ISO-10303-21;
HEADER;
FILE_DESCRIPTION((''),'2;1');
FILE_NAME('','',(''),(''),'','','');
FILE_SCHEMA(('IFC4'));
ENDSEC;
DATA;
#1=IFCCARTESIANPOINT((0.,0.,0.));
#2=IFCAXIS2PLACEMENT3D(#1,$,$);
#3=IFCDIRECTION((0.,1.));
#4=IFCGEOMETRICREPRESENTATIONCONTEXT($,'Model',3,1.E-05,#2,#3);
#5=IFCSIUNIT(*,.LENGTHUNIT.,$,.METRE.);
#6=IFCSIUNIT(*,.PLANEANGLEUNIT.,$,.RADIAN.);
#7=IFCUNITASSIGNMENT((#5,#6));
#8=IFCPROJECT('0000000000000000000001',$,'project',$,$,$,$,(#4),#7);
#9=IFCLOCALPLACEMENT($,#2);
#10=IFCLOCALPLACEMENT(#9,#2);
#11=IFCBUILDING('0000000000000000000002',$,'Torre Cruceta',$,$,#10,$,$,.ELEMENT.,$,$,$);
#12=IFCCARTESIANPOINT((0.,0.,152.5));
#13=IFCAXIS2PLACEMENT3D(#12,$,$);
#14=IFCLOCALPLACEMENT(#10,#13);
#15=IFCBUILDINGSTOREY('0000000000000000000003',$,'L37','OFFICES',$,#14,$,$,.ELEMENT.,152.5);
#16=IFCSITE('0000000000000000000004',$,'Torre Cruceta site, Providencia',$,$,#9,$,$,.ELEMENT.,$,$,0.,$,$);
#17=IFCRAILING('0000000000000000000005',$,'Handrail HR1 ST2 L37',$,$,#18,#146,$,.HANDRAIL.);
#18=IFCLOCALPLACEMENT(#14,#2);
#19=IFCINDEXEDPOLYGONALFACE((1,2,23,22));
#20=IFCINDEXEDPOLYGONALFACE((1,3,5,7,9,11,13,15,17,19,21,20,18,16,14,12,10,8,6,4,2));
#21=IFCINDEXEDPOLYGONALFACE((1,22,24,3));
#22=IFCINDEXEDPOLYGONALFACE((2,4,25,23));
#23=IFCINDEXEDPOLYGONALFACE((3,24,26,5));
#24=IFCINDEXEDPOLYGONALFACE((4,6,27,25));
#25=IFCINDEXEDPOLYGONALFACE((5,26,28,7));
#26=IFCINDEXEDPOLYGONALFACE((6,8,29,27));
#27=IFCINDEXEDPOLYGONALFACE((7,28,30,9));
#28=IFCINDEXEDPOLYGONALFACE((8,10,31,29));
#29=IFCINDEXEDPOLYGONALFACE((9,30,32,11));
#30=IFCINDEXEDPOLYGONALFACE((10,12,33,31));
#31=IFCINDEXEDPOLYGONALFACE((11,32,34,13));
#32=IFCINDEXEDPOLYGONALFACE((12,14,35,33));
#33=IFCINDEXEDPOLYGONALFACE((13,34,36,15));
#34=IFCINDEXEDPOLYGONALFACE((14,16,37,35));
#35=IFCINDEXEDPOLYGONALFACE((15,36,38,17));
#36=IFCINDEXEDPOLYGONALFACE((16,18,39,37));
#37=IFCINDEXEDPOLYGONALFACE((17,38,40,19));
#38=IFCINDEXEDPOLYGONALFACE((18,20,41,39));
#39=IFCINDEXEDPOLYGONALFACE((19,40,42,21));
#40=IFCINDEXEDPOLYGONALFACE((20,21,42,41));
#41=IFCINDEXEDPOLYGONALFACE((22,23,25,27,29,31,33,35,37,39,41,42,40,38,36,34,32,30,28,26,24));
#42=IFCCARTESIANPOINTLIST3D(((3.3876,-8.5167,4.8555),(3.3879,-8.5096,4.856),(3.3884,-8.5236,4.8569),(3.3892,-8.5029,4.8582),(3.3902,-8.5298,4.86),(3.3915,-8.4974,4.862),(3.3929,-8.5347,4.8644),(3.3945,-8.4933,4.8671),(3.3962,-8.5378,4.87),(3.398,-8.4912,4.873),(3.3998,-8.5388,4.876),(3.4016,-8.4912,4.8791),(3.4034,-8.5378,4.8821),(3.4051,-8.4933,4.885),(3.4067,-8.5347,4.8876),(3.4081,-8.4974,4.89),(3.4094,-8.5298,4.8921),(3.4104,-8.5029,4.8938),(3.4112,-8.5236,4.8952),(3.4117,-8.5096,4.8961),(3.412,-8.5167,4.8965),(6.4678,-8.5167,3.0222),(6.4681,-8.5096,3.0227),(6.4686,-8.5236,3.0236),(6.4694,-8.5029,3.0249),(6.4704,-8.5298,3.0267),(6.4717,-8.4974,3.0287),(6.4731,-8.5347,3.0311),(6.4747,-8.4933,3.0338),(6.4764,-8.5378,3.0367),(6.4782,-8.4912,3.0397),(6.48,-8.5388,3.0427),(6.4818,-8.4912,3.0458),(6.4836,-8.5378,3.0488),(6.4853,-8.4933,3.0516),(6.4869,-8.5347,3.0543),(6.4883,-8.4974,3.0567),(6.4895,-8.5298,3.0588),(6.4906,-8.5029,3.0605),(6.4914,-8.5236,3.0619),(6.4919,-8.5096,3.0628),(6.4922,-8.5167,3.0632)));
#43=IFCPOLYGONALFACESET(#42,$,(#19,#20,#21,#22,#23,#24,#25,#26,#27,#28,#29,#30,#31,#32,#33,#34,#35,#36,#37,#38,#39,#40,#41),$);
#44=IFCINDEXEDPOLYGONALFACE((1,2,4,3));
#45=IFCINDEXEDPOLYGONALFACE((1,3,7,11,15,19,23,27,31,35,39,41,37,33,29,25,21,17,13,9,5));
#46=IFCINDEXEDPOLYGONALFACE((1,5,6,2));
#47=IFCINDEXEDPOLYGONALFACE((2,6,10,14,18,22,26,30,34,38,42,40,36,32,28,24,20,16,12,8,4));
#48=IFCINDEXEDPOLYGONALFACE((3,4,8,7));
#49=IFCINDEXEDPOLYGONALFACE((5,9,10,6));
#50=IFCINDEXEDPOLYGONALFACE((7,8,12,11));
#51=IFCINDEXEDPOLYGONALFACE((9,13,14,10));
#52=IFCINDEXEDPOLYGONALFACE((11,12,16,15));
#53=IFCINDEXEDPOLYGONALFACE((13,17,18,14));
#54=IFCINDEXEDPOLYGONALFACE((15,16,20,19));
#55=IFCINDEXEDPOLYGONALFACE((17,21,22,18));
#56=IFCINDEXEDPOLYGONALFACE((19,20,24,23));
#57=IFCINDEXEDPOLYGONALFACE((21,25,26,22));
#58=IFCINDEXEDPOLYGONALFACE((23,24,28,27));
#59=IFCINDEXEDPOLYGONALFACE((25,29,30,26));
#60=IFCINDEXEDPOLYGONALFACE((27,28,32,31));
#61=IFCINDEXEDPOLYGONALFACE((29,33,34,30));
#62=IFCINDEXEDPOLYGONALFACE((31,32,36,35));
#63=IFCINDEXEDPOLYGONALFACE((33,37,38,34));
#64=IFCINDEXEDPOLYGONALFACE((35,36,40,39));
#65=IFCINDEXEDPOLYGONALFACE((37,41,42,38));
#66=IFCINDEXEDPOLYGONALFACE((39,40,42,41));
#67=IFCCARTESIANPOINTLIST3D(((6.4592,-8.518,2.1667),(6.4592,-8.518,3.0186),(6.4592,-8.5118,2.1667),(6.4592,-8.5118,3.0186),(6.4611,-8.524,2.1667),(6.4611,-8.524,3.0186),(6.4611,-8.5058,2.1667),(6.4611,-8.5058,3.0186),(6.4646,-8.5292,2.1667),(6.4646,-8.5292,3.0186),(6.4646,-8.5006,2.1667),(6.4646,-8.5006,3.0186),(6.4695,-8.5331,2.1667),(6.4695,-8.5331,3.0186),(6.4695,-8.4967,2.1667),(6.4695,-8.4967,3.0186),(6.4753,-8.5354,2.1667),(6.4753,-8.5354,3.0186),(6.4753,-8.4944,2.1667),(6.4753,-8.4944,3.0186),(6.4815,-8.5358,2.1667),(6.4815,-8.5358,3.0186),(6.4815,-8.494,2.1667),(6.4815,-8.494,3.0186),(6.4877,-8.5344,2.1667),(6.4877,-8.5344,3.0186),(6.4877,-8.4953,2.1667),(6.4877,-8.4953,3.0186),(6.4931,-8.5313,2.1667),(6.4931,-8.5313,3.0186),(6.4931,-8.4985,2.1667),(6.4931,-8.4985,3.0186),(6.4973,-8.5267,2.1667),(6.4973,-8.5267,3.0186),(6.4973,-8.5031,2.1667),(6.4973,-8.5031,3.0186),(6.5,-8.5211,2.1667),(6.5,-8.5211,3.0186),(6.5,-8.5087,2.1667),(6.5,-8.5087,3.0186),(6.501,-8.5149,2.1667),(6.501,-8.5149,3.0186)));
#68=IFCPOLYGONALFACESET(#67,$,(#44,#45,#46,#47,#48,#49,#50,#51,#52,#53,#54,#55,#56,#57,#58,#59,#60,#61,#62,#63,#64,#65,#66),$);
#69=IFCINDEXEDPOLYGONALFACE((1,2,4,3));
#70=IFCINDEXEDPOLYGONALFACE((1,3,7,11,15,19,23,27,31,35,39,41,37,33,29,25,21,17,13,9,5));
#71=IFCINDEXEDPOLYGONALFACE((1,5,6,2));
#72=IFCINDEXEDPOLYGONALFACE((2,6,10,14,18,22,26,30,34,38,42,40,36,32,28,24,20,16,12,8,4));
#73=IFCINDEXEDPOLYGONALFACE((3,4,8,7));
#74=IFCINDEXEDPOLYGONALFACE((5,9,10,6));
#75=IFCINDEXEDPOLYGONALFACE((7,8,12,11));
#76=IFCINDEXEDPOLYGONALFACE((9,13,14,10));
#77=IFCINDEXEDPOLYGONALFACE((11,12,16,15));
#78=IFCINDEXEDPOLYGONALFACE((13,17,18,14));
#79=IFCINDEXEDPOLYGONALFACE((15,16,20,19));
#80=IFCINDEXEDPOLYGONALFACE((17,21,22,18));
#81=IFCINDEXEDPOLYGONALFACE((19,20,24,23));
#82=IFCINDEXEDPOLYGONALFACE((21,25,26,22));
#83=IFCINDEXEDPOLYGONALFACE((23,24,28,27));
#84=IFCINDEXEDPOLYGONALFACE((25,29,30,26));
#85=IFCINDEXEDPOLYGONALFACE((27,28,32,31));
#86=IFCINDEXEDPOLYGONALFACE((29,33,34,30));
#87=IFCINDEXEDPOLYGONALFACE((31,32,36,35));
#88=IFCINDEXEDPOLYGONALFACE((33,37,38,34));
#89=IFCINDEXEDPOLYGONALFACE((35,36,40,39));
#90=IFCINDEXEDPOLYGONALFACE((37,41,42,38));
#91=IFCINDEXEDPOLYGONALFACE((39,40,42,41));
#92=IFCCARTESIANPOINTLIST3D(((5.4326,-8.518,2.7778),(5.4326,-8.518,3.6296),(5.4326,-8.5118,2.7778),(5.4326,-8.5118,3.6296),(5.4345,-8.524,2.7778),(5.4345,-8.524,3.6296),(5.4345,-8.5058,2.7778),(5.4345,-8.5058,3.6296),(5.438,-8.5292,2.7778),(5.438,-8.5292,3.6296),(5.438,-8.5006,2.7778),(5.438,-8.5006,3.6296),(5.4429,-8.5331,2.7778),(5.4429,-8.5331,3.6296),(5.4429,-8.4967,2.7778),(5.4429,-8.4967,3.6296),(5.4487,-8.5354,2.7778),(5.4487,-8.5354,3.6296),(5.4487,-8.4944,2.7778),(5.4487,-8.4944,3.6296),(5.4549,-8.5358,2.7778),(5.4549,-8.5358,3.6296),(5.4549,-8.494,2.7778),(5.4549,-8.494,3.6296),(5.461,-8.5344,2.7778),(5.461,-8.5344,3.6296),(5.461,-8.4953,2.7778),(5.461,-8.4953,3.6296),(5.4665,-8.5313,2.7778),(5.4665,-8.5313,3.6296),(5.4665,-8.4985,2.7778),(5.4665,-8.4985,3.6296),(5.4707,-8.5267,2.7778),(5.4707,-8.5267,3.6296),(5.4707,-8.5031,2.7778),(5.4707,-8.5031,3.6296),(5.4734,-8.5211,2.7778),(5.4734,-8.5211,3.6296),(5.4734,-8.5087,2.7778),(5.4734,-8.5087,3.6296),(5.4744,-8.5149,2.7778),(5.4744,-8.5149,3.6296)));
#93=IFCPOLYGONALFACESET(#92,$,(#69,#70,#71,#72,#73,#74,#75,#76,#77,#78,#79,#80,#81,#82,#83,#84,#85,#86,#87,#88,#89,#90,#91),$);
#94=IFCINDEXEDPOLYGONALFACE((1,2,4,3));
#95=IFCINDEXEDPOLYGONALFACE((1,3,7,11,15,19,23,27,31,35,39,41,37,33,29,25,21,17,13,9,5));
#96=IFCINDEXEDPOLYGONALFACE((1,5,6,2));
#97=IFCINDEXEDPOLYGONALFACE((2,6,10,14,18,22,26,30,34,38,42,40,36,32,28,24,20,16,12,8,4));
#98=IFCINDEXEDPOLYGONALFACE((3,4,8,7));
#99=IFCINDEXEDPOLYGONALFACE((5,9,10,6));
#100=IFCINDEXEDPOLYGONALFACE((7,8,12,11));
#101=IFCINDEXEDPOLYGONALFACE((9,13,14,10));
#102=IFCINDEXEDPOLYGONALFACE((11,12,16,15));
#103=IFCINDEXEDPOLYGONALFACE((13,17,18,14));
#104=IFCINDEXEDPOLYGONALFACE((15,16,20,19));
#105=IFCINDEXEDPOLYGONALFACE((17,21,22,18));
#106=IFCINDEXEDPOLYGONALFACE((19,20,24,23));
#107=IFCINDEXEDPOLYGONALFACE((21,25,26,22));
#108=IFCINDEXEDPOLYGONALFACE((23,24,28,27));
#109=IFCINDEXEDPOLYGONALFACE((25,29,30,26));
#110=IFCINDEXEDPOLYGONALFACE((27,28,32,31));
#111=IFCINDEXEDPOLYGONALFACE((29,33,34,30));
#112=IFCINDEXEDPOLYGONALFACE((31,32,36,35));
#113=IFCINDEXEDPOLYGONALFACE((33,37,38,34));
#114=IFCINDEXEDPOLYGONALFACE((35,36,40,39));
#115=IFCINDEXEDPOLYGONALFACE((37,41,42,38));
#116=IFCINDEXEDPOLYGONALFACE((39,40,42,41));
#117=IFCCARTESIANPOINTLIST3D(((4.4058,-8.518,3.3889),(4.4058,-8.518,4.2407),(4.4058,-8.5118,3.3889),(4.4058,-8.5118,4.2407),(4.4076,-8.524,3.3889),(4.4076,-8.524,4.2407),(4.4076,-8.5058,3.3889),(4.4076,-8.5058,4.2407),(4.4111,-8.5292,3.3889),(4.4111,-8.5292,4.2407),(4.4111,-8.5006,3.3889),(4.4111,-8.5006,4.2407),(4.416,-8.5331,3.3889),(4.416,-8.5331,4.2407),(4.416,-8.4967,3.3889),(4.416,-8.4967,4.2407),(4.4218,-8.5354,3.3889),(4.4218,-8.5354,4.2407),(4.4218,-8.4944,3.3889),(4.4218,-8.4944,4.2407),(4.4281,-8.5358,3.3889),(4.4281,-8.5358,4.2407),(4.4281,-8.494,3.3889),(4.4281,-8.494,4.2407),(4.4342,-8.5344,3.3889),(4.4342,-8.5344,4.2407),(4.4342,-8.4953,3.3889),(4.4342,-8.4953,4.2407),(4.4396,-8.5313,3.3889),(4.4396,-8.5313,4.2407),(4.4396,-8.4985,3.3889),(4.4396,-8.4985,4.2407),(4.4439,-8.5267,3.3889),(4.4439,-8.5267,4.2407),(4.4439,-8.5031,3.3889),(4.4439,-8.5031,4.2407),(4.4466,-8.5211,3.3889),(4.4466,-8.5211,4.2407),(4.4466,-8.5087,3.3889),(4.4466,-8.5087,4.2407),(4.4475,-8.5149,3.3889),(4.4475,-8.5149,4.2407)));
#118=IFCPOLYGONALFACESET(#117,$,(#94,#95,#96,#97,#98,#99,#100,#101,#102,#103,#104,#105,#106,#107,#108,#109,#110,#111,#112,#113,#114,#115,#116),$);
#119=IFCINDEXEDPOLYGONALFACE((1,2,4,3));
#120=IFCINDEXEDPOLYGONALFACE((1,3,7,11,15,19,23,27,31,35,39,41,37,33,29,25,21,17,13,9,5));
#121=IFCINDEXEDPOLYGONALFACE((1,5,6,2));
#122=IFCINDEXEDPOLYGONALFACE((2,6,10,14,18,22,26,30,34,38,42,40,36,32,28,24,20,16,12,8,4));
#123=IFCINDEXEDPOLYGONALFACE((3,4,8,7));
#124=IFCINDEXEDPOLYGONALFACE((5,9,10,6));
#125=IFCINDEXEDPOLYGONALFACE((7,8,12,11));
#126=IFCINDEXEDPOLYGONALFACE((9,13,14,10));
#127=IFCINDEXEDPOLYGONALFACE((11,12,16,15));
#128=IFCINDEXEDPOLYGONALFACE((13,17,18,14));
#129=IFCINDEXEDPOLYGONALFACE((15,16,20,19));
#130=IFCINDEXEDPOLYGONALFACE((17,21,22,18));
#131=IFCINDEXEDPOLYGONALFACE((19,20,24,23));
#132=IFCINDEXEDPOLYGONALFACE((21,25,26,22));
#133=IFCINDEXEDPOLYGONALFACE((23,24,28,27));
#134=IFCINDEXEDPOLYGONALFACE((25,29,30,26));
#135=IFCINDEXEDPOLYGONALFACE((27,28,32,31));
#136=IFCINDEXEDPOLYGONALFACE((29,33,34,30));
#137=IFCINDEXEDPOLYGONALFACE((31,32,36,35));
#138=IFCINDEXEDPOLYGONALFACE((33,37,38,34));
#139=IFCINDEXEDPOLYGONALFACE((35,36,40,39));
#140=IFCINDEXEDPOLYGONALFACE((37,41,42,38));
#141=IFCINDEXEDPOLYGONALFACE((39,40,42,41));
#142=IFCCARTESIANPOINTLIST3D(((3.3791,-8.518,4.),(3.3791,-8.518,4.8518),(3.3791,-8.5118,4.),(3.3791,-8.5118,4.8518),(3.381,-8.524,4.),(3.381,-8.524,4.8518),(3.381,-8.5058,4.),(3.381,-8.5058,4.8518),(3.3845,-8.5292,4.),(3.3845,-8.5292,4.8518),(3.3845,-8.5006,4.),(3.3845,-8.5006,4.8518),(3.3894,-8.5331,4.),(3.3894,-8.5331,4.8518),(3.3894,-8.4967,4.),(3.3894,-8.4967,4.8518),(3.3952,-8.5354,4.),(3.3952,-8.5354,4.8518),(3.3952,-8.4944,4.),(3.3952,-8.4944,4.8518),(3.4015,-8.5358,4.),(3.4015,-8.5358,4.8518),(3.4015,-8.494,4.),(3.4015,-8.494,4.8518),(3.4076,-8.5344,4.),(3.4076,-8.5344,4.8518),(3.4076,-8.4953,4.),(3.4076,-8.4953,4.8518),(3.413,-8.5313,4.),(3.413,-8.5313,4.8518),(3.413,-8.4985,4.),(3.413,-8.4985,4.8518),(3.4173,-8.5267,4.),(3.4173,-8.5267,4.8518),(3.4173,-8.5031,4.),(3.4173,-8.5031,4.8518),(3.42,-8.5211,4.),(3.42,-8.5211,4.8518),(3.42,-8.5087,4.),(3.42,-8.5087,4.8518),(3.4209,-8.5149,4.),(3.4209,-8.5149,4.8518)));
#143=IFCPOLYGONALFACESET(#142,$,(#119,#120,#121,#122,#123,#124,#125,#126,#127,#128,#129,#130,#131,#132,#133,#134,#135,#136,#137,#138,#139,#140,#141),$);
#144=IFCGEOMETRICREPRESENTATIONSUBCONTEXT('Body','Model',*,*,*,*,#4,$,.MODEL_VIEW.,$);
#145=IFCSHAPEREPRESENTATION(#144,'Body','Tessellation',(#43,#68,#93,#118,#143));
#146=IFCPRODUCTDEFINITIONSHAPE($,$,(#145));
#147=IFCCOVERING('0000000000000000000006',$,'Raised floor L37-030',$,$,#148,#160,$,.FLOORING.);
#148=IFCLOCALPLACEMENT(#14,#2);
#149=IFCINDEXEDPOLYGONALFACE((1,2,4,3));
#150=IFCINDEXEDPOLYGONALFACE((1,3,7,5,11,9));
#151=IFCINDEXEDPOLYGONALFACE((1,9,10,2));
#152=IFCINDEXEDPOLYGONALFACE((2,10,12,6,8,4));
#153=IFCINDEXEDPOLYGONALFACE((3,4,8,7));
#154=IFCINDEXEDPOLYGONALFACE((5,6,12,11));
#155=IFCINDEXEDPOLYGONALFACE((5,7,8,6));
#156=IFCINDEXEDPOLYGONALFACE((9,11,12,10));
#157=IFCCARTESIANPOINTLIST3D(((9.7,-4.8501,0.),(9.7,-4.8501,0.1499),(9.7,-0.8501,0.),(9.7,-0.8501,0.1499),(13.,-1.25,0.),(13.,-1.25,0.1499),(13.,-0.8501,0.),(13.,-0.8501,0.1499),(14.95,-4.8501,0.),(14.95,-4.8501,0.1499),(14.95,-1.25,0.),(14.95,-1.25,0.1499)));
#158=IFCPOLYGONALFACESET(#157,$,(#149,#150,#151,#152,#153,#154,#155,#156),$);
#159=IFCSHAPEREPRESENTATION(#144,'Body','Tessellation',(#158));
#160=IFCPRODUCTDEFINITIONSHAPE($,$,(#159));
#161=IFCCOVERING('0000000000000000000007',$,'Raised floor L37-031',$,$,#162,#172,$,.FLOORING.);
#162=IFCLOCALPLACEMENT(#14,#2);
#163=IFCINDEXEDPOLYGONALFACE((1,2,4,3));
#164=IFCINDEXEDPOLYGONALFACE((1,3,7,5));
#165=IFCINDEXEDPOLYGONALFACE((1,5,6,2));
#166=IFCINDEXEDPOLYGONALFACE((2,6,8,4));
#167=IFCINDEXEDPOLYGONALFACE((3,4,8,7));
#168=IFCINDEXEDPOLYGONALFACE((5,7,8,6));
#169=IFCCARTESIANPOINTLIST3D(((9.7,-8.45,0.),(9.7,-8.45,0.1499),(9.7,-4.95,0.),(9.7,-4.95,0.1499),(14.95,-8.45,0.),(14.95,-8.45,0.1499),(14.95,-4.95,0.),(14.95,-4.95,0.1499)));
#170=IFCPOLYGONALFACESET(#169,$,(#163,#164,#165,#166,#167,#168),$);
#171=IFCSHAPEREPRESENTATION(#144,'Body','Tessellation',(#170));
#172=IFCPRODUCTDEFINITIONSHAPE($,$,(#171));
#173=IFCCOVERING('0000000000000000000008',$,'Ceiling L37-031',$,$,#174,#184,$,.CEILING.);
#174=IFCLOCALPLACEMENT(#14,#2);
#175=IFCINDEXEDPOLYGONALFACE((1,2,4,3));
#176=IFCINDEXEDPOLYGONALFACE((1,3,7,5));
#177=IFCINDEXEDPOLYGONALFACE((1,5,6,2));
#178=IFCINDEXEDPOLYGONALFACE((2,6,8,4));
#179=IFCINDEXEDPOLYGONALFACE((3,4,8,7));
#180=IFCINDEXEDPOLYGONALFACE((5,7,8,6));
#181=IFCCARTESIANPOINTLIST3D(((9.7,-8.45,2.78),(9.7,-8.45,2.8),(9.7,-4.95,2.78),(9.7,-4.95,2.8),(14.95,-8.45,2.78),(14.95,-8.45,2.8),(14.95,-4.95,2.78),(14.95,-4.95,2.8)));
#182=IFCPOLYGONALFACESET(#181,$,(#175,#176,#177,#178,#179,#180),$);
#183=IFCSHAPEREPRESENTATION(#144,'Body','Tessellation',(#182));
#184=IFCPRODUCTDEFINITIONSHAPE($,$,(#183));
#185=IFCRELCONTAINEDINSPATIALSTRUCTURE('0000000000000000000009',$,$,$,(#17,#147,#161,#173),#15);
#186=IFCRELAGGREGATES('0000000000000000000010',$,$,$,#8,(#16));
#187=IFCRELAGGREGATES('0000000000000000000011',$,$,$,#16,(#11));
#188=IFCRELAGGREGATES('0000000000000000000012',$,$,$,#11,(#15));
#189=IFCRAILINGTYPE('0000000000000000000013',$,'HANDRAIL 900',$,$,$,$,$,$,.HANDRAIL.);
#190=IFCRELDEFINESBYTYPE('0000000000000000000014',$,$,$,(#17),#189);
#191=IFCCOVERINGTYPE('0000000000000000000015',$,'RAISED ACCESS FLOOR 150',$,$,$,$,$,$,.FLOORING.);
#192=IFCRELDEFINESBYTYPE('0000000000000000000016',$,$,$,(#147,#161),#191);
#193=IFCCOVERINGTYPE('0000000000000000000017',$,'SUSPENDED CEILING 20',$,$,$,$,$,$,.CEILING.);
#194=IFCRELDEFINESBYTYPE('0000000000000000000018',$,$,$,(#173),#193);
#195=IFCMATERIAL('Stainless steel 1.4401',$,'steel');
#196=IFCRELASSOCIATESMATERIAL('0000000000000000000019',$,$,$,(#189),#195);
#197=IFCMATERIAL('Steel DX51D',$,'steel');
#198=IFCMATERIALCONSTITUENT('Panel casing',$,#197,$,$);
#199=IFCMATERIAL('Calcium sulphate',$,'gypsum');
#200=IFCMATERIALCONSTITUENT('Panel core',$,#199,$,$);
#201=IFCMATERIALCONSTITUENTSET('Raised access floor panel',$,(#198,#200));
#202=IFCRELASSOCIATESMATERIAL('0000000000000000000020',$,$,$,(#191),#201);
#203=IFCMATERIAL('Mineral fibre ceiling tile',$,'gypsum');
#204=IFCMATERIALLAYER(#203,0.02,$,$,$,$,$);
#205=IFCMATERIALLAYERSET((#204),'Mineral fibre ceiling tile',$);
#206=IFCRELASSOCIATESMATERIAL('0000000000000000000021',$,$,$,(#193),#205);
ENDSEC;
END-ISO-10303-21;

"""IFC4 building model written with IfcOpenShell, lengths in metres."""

from ifc_helpers import new_model, si_unit, direction, frame, origin, origin_2d, place, context, subcontext, project, spatial, polyline, circle, outline, extrude, material, layer, layer_set, constituent, constituent_set, type_object, element, save


model = new_model("IFC4")

# Units and contexts
model_context = context("Model", 3, precision=1e-05, world=origin(), true_north=direction((0.0, 1.0)))
body_context = subcontext(model_context, "Body", "Model", "MODEL_VIEW")
ifc_project = project(units=[si_unit("LENGTHUNIT", "METRE"), si_unit("PLANEANGLEUNIT", "RADIAN")], contexts=[model_context])

# Site, building, storey
site_placement = place(None, origin())
site = spatial("IfcSite", under=ifc_project, at=site_placement, Name="Torre Cruceta site, Providencia", CompositionType="ELEMENT", RefElevation=0.0)
building_placement = place(site_placement, origin())
building = spatial("IfcBuilding", under=site, at=building_placement, Name="Torre Cruceta", CompositionType="ELEMENT")
storey_placement = place(building_placement, frame((0.0, 0.0, 152.5)))
storey = spatial("IfcBuildingStorey", under=building, at=storey_placement, Name="L37", Description="OFFICES", CompositionType="ELEMENT", Elevation=152.5)

# Railing
ifc_material_1 = material(Name="Stainless steel 1.4401", Category="steel")
railing_type = type_object("IfcRailingType", Name="HANDRAIL 900", PredefinedType="HANDRAIL", material=ifc_material_1)
railing_1_placement = place(storey_placement, frame((6.48, -8.5149, 2.1667)))
element("IfcRailing", 1, at=railing_1_placement, inside=storey, type_object=railing_type, Name="Handrail HR1 ST2 L37", PredefinedType="HANDRAIL", context=body_context, shape_type="SweptSolid", body=[
    extrude(circle(Radius=0.0239, at=origin_2d()), frame((0.0, 0.0, 0.876), z_axis=(-0.859309, 0.0, 0.511458), x_axis=(0.0, -1.0, 0.0)), (0.0, 0.0, 1.0), 3.5845),
    extrude(circle(Radius=0.021, at=origin_2d()), origin(), (0.0, 0.0, 1.0), 0.8518),
    extrude(circle(Radius=0.021, at=origin_2d()), frame((-1.0266, 0.0, 0.6111)), (0.0, 0.0, 1.0), 0.8518),
    extrude(circle(Radius=0.021, at=origin_2d()), frame((-2.0535, 0.0, 1.2222)), (0.0, 0.0, 1.0), 0.8518),
    extrude(circle(Radius=0.021, at=origin_2d()), frame((-3.0801, 0.0, 1.8333)), (0.0, 0.0, 1.0), 0.8518),
])

# Coverings
ifc_material_2 = material(Name="Steel DX51D", Category="steel")
ifc_constituent_1 = constituent(ifc_material_2, Name="Panel casing")
ifc_material_3 = material(Name="Calcium sulphate", Category="gypsum")
ifc_constituent_2 = constituent(ifc_material_3, Name="Panel core")
ifc_constituent_set_1 = constituent_set(constituents=[ifc_constituent_1, ifc_constituent_2], Name="Raised access floor panel")
covering_type_1 = type_object("IfcCoveringType", Name="RAISED ACCESS FLOOR 150", PredefinedType="FLOORING", material=ifc_constituent_set_1)
covering_1_placement = place(storey_placement, origin())
element("IfcCovering", 2, at=covering_1_placement, inside=storey, type_object=covering_type_1, Name="Raised floor L37-030", PredefinedType="FLOORING", context=body_context, shape_type="SweptSolid", body=[
    extrude(outline(polyline([(14.95, -4.8501), (9.7, -4.8501), (9.7, -0.8501), (13.0, -0.8501), (13.0, -1.25), (14.95, -1.25), (14.95, -4.8501)])), origin(), (0.0, 0.0, 1.0), 0.1499),
])
covering_2_placement = place(storey_placement, origin())
element("IfcCovering", 3, at=covering_2_placement, inside=storey, type_object=covering_type_1, Name="Raised floor L37-031", PredefinedType="FLOORING", context=body_context, shape_type="SweptSolid", body=[
    extrude(outline(polyline([(9.7, -8.45), (9.7, -4.95), (14.95, -4.95), (14.95, -8.45), (9.7, -8.45)])), origin(), (0.0, 0.0, 1.0), 0.1499),
])
ifc_material_4 = material(Name="Mineral fibre ceiling tile", Category="gypsum")
ifc_layer_1 = layer(ifc_material_4, 0.02)
ifc_layer_set_1 = layer_set([ifc_layer_1], Name="Mineral fibre ceiling tile")
covering_type_2 = type_object("IfcCoveringType", Name="SUSPENDED CEILING 20", PredefinedType="CEILING", material=ifc_layer_set_1)
covering_3_placement = place(storey_placement, frame((0.0, 0.0, 2.78)))
element("IfcCovering", 4, at=covering_3_placement, inside=storey, type_object=covering_type_2, Name="Ceiling L37-031", PredefinedType="CEILING", context=body_context, shape_type="SweptSolid", body=[
    extrude(outline(polyline([(9.7, -8.45), (9.7, -4.95), (14.95, -4.95), (14.95, -8.45), (9.7, -8.45)])), origin(), (0.0, 0.0, 1.0), 0.02),
])

save(model, "model.ifc")
